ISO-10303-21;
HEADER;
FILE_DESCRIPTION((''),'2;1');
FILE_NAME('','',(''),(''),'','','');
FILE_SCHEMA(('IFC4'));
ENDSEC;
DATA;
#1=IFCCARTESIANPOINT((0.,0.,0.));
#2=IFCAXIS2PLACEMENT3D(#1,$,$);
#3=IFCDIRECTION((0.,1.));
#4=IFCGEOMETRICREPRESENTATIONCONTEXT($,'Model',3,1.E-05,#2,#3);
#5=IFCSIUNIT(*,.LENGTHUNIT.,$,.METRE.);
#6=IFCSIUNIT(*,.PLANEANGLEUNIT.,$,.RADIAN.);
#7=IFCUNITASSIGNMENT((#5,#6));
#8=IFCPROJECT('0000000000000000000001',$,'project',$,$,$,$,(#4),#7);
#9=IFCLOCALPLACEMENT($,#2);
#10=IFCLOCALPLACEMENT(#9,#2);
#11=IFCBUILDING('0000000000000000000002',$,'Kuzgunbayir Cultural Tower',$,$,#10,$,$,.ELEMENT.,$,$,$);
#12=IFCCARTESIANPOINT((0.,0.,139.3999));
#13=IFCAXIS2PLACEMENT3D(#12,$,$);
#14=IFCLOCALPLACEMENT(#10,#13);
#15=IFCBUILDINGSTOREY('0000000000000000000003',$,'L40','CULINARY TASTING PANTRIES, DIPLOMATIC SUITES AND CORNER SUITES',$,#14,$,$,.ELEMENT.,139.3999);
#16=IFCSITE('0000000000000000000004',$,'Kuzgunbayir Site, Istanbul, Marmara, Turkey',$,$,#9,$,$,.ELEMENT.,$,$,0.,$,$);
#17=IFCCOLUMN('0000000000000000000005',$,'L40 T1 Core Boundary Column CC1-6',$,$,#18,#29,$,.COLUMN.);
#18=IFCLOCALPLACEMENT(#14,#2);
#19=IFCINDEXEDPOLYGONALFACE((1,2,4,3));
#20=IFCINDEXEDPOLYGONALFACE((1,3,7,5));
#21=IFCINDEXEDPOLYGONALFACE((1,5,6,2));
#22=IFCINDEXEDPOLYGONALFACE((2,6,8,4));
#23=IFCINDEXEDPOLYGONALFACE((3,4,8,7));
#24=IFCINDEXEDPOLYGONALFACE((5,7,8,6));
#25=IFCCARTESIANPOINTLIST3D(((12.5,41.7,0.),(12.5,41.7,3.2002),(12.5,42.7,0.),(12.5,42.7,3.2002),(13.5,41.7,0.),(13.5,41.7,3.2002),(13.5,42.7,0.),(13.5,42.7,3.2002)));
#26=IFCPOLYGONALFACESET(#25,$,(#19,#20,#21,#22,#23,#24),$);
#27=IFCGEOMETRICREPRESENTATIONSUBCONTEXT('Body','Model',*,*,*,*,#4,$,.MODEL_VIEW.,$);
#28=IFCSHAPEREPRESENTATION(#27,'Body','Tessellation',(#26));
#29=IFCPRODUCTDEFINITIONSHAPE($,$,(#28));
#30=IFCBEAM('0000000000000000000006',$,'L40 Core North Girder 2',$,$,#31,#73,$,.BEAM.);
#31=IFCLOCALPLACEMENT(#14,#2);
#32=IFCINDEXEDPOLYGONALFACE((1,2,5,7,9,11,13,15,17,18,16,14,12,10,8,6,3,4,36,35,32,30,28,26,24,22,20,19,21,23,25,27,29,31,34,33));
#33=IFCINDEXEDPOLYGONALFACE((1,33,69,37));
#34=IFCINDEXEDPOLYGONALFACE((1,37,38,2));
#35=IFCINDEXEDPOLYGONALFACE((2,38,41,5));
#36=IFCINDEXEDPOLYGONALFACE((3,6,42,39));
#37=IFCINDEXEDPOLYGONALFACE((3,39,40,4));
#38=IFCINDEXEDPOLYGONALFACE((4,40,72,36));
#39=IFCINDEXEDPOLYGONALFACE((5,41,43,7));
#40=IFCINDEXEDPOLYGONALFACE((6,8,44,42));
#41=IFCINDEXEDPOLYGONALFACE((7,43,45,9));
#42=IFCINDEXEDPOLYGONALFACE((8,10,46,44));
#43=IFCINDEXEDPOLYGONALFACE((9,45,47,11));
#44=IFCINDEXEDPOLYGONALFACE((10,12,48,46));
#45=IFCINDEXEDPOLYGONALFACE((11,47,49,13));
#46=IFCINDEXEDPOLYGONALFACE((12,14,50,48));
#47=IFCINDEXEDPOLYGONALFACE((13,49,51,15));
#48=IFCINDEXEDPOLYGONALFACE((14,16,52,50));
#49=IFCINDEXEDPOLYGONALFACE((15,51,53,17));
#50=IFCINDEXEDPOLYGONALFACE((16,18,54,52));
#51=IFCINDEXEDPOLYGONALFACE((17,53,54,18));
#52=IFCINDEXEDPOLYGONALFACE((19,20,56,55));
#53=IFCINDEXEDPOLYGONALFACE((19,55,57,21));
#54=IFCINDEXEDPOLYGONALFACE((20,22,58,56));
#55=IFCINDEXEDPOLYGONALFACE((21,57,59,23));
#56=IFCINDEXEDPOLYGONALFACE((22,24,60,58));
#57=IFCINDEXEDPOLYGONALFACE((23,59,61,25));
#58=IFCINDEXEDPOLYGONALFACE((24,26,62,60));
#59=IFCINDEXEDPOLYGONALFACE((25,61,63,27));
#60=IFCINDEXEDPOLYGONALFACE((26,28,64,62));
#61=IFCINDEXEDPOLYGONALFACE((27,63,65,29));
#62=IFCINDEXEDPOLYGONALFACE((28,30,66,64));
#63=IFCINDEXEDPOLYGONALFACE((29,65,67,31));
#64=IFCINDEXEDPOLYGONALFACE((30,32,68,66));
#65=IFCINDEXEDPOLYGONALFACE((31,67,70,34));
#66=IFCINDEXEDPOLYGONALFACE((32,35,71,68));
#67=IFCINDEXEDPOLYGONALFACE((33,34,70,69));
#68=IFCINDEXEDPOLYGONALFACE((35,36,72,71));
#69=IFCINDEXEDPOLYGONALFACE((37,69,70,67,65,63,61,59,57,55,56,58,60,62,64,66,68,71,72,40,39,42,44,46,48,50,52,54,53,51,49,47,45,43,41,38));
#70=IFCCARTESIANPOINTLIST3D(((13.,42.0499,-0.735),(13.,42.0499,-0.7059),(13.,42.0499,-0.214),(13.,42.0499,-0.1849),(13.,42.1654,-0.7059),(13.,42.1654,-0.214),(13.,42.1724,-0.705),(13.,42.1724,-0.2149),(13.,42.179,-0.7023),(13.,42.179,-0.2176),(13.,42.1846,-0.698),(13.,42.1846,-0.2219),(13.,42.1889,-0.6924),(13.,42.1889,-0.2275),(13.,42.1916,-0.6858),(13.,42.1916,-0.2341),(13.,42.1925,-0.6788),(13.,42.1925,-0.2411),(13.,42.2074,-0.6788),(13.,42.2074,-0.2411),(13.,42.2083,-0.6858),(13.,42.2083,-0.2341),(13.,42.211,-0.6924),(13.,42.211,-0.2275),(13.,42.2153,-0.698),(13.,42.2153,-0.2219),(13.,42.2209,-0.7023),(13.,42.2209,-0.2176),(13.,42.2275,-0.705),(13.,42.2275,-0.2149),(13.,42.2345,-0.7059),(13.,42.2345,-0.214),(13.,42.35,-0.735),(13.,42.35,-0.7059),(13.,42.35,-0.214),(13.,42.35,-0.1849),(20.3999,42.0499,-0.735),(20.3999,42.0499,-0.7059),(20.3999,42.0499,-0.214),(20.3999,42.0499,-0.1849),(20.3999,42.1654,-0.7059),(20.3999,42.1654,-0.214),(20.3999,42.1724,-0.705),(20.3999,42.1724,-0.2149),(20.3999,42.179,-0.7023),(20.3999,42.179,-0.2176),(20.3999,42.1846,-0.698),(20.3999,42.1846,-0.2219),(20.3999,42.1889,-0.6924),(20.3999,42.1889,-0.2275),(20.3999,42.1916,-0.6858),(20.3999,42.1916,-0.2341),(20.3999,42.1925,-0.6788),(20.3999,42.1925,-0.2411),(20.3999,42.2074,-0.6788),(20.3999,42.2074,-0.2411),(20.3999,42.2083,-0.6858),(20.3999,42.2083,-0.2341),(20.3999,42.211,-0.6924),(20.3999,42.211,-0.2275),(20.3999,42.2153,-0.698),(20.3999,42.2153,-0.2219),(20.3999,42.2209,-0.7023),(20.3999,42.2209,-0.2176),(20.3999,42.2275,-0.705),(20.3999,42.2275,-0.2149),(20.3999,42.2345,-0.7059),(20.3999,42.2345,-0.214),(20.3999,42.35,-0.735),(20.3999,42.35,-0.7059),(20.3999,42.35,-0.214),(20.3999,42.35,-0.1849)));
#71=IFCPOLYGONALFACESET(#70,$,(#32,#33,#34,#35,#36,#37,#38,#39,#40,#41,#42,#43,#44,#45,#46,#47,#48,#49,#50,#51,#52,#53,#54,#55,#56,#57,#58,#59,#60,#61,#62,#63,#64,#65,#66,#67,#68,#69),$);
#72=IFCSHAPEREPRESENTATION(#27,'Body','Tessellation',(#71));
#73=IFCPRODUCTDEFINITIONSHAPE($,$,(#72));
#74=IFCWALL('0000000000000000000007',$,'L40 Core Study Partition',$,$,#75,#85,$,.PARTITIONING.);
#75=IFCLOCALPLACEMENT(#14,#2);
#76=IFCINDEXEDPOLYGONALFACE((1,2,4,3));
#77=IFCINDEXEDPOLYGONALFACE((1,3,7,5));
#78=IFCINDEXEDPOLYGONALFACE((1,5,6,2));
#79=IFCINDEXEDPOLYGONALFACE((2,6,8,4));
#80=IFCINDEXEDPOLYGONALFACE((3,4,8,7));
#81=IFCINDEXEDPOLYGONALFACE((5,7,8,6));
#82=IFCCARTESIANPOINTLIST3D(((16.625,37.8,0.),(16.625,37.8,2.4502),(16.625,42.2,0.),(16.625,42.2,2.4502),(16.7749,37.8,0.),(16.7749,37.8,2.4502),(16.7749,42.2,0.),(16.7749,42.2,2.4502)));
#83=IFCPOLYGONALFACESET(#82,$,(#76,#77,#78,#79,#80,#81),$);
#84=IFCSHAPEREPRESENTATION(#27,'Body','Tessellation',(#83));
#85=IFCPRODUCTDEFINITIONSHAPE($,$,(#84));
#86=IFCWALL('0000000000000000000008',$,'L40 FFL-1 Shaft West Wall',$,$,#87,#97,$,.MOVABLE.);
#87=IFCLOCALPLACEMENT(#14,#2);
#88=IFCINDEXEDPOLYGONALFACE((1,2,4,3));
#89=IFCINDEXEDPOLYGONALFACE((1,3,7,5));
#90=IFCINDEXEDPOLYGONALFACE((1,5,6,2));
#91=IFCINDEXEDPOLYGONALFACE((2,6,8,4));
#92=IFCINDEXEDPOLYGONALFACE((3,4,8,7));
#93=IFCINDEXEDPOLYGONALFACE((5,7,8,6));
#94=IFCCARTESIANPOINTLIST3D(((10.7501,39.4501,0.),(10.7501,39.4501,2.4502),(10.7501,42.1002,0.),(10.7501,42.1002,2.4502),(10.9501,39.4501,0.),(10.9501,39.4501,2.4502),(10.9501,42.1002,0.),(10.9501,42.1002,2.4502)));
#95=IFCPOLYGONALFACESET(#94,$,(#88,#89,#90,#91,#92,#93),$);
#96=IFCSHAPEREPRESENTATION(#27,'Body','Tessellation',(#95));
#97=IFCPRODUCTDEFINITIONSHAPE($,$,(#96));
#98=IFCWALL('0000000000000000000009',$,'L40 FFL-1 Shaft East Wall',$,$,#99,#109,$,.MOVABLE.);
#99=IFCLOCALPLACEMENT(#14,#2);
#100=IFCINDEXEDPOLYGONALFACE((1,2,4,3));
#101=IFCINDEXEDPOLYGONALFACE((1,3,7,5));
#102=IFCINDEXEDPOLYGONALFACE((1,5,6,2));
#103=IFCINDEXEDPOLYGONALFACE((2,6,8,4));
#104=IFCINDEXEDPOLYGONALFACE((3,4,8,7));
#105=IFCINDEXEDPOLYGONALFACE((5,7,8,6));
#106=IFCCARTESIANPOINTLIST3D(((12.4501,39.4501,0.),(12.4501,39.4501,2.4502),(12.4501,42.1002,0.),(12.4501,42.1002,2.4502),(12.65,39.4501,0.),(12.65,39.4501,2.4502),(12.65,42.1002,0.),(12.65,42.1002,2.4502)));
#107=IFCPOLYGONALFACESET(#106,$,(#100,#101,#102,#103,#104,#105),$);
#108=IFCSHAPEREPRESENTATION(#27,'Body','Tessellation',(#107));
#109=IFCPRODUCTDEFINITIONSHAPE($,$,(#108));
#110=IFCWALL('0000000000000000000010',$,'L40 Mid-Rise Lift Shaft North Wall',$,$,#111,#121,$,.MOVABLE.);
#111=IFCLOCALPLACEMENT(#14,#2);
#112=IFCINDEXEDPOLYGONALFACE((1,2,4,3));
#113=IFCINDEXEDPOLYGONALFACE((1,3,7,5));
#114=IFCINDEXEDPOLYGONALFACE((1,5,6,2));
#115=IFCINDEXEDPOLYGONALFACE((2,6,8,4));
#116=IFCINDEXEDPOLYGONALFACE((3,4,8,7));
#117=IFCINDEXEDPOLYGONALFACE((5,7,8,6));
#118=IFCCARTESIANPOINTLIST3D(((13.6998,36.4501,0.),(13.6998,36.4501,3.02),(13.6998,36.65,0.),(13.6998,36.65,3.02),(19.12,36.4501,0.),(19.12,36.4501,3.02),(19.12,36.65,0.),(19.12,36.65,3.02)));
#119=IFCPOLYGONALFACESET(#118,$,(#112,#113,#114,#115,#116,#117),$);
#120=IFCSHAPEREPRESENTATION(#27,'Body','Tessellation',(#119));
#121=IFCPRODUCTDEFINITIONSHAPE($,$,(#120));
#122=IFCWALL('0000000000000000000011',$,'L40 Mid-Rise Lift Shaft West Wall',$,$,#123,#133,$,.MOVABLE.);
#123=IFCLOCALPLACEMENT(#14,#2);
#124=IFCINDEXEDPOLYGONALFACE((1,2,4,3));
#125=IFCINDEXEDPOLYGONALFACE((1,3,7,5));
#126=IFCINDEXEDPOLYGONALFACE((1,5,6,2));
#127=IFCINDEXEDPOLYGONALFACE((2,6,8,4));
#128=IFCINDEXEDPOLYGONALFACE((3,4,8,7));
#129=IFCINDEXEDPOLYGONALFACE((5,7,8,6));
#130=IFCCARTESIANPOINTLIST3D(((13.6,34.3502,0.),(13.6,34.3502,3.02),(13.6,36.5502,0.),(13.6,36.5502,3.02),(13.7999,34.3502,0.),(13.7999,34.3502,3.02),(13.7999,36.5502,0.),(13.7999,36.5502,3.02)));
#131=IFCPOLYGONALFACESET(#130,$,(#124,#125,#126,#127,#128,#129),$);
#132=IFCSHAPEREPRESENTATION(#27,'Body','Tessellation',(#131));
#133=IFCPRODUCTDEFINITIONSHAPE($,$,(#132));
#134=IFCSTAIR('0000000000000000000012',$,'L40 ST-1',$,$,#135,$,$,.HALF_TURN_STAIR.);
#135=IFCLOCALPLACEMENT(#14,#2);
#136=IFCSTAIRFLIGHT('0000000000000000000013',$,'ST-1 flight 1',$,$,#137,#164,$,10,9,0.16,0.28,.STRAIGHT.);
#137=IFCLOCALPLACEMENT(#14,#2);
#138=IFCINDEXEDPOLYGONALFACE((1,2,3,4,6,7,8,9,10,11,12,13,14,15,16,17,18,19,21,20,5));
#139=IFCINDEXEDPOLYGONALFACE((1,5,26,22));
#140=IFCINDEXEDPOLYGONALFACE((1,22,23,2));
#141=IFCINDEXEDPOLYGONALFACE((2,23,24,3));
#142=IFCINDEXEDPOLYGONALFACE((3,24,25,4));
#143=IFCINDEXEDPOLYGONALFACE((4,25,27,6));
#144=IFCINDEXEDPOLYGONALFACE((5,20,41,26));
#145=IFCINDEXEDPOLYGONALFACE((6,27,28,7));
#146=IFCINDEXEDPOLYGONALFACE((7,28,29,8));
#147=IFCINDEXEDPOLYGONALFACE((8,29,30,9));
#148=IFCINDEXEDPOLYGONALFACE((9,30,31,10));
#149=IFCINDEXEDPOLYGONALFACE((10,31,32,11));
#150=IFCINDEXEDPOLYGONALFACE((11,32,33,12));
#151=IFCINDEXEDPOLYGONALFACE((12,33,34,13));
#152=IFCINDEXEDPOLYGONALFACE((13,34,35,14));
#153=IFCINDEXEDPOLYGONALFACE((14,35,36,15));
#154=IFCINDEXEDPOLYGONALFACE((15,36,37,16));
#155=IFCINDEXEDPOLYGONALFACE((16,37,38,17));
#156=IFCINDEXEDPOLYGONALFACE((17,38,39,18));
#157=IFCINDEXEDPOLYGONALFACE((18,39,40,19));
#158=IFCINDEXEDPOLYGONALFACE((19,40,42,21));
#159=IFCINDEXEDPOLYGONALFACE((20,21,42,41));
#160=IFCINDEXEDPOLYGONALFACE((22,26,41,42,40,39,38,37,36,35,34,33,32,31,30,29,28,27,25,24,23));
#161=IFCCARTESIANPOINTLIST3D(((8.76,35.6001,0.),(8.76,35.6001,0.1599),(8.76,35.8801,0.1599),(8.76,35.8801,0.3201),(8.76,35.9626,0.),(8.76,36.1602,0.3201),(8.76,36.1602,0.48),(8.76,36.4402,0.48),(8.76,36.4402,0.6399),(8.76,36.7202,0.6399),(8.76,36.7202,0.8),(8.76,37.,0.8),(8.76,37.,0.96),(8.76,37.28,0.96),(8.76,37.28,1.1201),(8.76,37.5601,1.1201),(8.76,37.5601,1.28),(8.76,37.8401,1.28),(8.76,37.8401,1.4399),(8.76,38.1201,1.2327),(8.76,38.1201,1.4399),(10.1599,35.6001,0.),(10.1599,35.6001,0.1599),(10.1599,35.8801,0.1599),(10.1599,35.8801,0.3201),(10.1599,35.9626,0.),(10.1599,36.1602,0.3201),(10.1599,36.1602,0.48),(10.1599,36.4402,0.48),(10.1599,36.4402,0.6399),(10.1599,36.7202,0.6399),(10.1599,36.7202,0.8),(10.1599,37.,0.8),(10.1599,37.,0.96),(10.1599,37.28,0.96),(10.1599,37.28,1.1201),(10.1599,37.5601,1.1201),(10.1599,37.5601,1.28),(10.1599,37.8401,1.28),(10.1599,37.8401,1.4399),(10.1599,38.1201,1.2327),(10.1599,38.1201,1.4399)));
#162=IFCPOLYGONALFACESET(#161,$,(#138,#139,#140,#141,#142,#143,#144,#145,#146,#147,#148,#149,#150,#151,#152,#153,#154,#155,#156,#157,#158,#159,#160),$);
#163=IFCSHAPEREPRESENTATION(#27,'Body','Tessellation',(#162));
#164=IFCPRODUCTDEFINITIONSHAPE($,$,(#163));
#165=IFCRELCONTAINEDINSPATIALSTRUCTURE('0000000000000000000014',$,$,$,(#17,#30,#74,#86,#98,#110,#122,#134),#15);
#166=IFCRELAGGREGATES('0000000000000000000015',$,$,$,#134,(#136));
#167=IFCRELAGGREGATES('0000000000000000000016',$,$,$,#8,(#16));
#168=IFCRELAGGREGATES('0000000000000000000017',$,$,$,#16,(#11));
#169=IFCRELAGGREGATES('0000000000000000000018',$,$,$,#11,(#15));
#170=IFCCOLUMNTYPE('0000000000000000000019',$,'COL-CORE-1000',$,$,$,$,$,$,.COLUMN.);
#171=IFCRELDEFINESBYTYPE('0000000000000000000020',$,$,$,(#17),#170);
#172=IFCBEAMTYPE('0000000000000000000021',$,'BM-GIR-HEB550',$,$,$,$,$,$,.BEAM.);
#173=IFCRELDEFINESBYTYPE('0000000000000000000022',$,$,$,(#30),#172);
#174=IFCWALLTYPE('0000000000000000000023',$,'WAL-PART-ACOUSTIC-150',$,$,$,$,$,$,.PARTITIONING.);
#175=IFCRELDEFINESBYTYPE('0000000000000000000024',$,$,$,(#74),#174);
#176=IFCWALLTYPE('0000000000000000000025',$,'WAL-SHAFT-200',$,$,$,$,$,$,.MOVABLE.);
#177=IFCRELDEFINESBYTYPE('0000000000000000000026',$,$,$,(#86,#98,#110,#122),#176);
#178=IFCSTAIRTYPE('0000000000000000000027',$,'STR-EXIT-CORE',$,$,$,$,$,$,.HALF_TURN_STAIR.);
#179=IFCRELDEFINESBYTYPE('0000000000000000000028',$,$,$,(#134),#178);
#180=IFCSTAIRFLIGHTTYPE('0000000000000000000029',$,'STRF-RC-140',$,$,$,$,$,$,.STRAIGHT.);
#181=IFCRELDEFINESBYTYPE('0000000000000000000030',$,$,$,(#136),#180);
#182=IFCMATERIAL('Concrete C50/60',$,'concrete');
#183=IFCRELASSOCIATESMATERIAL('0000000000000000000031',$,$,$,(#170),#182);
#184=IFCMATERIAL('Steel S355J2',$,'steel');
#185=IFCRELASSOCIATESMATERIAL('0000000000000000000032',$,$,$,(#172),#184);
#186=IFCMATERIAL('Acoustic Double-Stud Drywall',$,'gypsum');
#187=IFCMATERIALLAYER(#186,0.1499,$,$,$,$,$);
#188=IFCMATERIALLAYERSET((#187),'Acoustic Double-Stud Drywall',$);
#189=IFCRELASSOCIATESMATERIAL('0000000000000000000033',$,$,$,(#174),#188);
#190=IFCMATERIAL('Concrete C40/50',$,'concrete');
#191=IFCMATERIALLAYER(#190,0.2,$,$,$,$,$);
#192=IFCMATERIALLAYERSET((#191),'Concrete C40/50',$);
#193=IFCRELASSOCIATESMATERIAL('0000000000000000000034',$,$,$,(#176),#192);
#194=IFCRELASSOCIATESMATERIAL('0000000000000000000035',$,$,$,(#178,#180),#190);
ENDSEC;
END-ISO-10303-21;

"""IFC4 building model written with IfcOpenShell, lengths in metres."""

from ifc_helpers import new_model, si_unit, direction, frame, frame_2d, origin, origin_2d, place, context, subcontext, project, spatial, polyline, rectangle, i_section, outline, extrude, material, layer, layer_set, material_profile, profile_set, type_object, element, aggregate, save


model = new_model("IFC4")

# Units and contexts
model_context = context("Model", 3, precision=1e-05, world=origin(), true_north=direction((0.0, 1.0)))
body_context = subcontext(model_context, "Body", "Model", "MODEL_VIEW")
ifc_project = project(units=[si_unit("LENGTHUNIT", "METRE"), si_unit("PLANEANGLEUNIT", "RADIAN")], contexts=[model_context])

# Site, building, storey
site_placement = place(None, origin())
site = spatial("IfcSite", under=ifc_project, at=site_placement, Name="Kuzgunbayir Site, Istanbul, Marmara, Turkey", CompositionType="ELEMENT", RefElevation=0.0)
building_placement = place(site_placement, origin())
building = spatial("IfcBuilding", under=site, at=building_placement, Name="Kuzgunbayir Cultural Tower", CompositionType="ELEMENT")
storey_placement = place(building_placement, frame((0.0, 0.0, 139.3999)))
storey = spatial("IfcBuildingStorey", under=building, at=storey_placement, Name="L40", Description="CULINARY TASTING PANTRIES, DIPLOMATIC SUITES AND CORNER SUITES", CompositionType="ELEMENT", Elevation=139.3999)

# Column
ifc_material_1 = material(Name="Concrete C50/60", Category="concrete")
ifc_material_profile_1 = material_profile(ifc_material_1, rectangle(XDim=1.0, YDim=1.0, at=origin_2d()), Name="RC 1000x1000")
ifc_profile_set_1 = profile_set([ifc_material_profile_1], Name="Concrete C50/60")
column_type = type_object("IfcColumnType", Name="COL-CORE-1000", PredefinedType="COLUMN", material=ifc_profile_set_1)
column_placement = place(storey_placement, frame((13.0, 42.2, 0.0), z_axis=(0.0, 0.0, 1.0), x_axis=(1.0, 0.0, 0.0)))
element("IfcColumn", 1, at=column_placement, inside=storey, type_object=column_type, Name="L40 T1 Core Boundary Column CC1-6", PredefinedType="COLUMN", context=body_context, shape_type="SweptSolid", body=[
    extrude(rectangle(XDim=1.0, YDim=1.0, at=origin_2d()), origin(), (0.0, 0.0, 1.0), 3.2002),
])

# Beam
ifc_material_2 = material(Name="Steel S355J2", Category="steel")
ifc_material_profile_2 = material_profile(ifc_material_2, i_section(OverallWidth=0.3, OverallDepth=0.55, WebThickness=0.0149, FlangeThickness=0.0291, FilletRadius=0.0271, at=origin_2d()), Name="HEB 550")
ifc_profile_set_2 = profile_set([ifc_material_profile_2], Name="Steel S355J2")
beam_type = type_object("IfcBeamType", Name="BM-GIR-HEB550", PredefinedType="BEAM", material=ifc_profile_set_2)
beam_placement = place(storey_placement, frame((13.0, 42.2, -0.46), z_axis=(1.0, 0.0, 0.0), x_axis=(0.0, 1.0, 0.0)))
element("IfcBeam", 2, at=beam_placement, inside=storey, type_object=beam_type, Name="L40 Core North Girder 2", PredefinedType="BEAM", context=body_context, shape_type="SweptSolid", body=[
    extrude(i_section(OverallWidth=0.3, OverallDepth=0.55, WebThickness=0.0149, FlangeThickness=0.0291, FilletRadius=0.0271, at=origin_2d()), origin(), (0.0, 0.0, 1.0), 7.3999),
])

# Shared definitions
ifc_material_3 = material(Name="Acoustic Double-Stud Drywall", Category="gypsum")
ifc_layer_1 = layer(ifc_material_3, 0.1499)
ifc_layer_set_1 = layer_set([ifc_layer_1], Name="Acoustic Double-Stud Drywall")
wall_type_1 = type_object("IfcWallType", Name="WAL-PART-ACOUSTIC-150", PredefinedType="PARTITIONING", material=ifc_layer_set_1)

# Wall
wall_1_placement = place(storey_placement, frame((16.7, 37.8, 0.0), z_axis=(0.0, 0.0, 1.0), x_axis=(0.0, 1.0, 0.0)))
element("IfcWall", 3, at=wall_1_placement, inside=storey, type_object=wall_type_1, Name="L40 Core Study Partition", PredefinedType="PARTITIONING", context=body_context, shape_type="SweptSolid", body=[
    extrude(rectangle(XDim=4.3999, YDim=0.1499, at=frame_2d((2.2, 0.0))), origin(), (0.0, 0.0, 1.0), 2.4502),
])

# Shared definitions
ifc_material_4 = material(Name="Concrete C40/50", Category="concrete")
ifc_layer_2 = layer(ifc_material_4, 0.2)
ifc_layer_set_2 = layer_set([ifc_layer_2], Name="Concrete C40/50")
wall_type_2 = type_object("IfcWallType", Name="WAL-SHAFT-200", PredefinedType="MOVABLE", material=ifc_layer_set_2)

# Walls
for number, where, z_axis, x_axis, name in (
    (4, (10.8501, 39.45, 0.0), (0.0, 0.0, 1.0), (0.0, 1.0, 0.0), "L40 FFL-1 Shaft West Wall"),
    (5, (12.55, 39.45, 0.0), (0.0, 0.0, 1.0), (0.0, 1.0, 0.0), "L40 FFL-1 Shaft East Wall"),
):
    element("IfcWall", number, at=place(storey_placement, frame(where, z_axis=z_axis, x_axis=x_axis)), inside=storey, type_object=wall_type_2, Name=name, PredefinedType="MOVABLE", context=body_context, shape_type="SweptSolid", body=[
        extrude(rectangle(XDim=2.6501, YDim=0.2, at=frame_2d((1.3252, 0.0))), origin(), (0.0, 0.0, 1.0), 2.4502),
    ])
wall_2_placement = place(storey_placement, frame((13.7, 36.55, 0.0), z_axis=(0.0, 0.0, 1.0), x_axis=(1.0, 0.0, 0.0)))
element("IfcWall", 6, at=wall_2_placement, inside=storey, type_object=wall_type_2, Name="L40 Mid-Rise Lift Shaft North Wall", PredefinedType="MOVABLE", context=body_context, shape_type="SweptSolid", body=[
    extrude(rectangle(XDim=5.4202, YDim=0.2, at=frame_2d((2.71, 0.0))), origin(), (0.0, 0.0, 1.0), 3.02),
])
wall_3_placement = place(storey_placement, frame((13.7, 34.3501, 0.0), z_axis=(0.0, 0.0, 1.0), x_axis=(0.0, 1.0, 0.0)))
element("IfcWall", 7, at=wall_3_placement, inside=storey, type_object=wall_type_2, Name="L40 Mid-Rise Lift Shaft West Wall", PredefinedType="MOVABLE", context=body_context, shape_type="SweptSolid", body=[
    extrude(rectangle(XDim=2.2, YDim=0.2, at=frame_2d((1.1001, 0.0))), origin(), (0.0, 0.0, 1.0), 3.02),
])

# Stair, stair flight
stair_type = type_object("IfcStairType", Name="STR-EXIT-CORE", PredefinedType="HALF_TURN_STAIR", material=ifc_material_4)
stair_placement = place(storey_placement, origin())
stair = element("IfcStair", 8, at=stair_placement, inside=storey, type_object=stair_type, Name="L40 ST-1", PredefinedType="HALF_TURN_STAIR")
stair_flight_type = type_object("IfcStairFlightType", Name="STRF-RC-140", PredefinedType="STRAIGHT", material=ifc_material_4)
stair_flight_placement = place(storey_placement, frame((9.46, 35.6001, 0.0), z_axis=(0.0, 0.0, 1.0), x_axis=(0.0, 1.0, 0.0)))
stair_flight = element("IfcStairFlight", 9, at=stair_flight_placement, type_object=stair_flight_type, Name="ST-1 flight 1", NumberOfRisers=10, NumberOfTreads=9, PredefinedType="STRAIGHT", RiserHeight=0.16, TreadLength=0.28, context=body_context, shape_type="SweptSolid", body=[
    extrude(outline(polyline([(0.0, 0.0), (0.0, 0.1599), (0.28, 0.1599), (0.28, 0.3201), (0.5601, 0.3201), (0.5601, 0.48), (0.8401, 0.48), (0.8401, 0.6399), (1.1201, 0.6399), (1.1201, 0.8), (1.3999, 0.8), (1.3999, 0.96), (1.6799, 0.96), (1.6799, 1.1201), (1.96, 1.1201), (1.96, 1.28), (2.24, 1.28), (2.24, 1.4399), (2.52, 1.4399), (2.52, 1.6001), (2.52, 1.2327), (0.3625, 0.0), (0.0, 0.0)])), frame((0.0, 0.7, 0.0), z_axis=(0.0, -1.0, 0.0), x_axis=(1.0, 0.0, 0.0)), (0.0, 0.0, 1.0), 1.3999),
])
aggregate(stair, [stair_flight])

save(model, "model.ifc")
